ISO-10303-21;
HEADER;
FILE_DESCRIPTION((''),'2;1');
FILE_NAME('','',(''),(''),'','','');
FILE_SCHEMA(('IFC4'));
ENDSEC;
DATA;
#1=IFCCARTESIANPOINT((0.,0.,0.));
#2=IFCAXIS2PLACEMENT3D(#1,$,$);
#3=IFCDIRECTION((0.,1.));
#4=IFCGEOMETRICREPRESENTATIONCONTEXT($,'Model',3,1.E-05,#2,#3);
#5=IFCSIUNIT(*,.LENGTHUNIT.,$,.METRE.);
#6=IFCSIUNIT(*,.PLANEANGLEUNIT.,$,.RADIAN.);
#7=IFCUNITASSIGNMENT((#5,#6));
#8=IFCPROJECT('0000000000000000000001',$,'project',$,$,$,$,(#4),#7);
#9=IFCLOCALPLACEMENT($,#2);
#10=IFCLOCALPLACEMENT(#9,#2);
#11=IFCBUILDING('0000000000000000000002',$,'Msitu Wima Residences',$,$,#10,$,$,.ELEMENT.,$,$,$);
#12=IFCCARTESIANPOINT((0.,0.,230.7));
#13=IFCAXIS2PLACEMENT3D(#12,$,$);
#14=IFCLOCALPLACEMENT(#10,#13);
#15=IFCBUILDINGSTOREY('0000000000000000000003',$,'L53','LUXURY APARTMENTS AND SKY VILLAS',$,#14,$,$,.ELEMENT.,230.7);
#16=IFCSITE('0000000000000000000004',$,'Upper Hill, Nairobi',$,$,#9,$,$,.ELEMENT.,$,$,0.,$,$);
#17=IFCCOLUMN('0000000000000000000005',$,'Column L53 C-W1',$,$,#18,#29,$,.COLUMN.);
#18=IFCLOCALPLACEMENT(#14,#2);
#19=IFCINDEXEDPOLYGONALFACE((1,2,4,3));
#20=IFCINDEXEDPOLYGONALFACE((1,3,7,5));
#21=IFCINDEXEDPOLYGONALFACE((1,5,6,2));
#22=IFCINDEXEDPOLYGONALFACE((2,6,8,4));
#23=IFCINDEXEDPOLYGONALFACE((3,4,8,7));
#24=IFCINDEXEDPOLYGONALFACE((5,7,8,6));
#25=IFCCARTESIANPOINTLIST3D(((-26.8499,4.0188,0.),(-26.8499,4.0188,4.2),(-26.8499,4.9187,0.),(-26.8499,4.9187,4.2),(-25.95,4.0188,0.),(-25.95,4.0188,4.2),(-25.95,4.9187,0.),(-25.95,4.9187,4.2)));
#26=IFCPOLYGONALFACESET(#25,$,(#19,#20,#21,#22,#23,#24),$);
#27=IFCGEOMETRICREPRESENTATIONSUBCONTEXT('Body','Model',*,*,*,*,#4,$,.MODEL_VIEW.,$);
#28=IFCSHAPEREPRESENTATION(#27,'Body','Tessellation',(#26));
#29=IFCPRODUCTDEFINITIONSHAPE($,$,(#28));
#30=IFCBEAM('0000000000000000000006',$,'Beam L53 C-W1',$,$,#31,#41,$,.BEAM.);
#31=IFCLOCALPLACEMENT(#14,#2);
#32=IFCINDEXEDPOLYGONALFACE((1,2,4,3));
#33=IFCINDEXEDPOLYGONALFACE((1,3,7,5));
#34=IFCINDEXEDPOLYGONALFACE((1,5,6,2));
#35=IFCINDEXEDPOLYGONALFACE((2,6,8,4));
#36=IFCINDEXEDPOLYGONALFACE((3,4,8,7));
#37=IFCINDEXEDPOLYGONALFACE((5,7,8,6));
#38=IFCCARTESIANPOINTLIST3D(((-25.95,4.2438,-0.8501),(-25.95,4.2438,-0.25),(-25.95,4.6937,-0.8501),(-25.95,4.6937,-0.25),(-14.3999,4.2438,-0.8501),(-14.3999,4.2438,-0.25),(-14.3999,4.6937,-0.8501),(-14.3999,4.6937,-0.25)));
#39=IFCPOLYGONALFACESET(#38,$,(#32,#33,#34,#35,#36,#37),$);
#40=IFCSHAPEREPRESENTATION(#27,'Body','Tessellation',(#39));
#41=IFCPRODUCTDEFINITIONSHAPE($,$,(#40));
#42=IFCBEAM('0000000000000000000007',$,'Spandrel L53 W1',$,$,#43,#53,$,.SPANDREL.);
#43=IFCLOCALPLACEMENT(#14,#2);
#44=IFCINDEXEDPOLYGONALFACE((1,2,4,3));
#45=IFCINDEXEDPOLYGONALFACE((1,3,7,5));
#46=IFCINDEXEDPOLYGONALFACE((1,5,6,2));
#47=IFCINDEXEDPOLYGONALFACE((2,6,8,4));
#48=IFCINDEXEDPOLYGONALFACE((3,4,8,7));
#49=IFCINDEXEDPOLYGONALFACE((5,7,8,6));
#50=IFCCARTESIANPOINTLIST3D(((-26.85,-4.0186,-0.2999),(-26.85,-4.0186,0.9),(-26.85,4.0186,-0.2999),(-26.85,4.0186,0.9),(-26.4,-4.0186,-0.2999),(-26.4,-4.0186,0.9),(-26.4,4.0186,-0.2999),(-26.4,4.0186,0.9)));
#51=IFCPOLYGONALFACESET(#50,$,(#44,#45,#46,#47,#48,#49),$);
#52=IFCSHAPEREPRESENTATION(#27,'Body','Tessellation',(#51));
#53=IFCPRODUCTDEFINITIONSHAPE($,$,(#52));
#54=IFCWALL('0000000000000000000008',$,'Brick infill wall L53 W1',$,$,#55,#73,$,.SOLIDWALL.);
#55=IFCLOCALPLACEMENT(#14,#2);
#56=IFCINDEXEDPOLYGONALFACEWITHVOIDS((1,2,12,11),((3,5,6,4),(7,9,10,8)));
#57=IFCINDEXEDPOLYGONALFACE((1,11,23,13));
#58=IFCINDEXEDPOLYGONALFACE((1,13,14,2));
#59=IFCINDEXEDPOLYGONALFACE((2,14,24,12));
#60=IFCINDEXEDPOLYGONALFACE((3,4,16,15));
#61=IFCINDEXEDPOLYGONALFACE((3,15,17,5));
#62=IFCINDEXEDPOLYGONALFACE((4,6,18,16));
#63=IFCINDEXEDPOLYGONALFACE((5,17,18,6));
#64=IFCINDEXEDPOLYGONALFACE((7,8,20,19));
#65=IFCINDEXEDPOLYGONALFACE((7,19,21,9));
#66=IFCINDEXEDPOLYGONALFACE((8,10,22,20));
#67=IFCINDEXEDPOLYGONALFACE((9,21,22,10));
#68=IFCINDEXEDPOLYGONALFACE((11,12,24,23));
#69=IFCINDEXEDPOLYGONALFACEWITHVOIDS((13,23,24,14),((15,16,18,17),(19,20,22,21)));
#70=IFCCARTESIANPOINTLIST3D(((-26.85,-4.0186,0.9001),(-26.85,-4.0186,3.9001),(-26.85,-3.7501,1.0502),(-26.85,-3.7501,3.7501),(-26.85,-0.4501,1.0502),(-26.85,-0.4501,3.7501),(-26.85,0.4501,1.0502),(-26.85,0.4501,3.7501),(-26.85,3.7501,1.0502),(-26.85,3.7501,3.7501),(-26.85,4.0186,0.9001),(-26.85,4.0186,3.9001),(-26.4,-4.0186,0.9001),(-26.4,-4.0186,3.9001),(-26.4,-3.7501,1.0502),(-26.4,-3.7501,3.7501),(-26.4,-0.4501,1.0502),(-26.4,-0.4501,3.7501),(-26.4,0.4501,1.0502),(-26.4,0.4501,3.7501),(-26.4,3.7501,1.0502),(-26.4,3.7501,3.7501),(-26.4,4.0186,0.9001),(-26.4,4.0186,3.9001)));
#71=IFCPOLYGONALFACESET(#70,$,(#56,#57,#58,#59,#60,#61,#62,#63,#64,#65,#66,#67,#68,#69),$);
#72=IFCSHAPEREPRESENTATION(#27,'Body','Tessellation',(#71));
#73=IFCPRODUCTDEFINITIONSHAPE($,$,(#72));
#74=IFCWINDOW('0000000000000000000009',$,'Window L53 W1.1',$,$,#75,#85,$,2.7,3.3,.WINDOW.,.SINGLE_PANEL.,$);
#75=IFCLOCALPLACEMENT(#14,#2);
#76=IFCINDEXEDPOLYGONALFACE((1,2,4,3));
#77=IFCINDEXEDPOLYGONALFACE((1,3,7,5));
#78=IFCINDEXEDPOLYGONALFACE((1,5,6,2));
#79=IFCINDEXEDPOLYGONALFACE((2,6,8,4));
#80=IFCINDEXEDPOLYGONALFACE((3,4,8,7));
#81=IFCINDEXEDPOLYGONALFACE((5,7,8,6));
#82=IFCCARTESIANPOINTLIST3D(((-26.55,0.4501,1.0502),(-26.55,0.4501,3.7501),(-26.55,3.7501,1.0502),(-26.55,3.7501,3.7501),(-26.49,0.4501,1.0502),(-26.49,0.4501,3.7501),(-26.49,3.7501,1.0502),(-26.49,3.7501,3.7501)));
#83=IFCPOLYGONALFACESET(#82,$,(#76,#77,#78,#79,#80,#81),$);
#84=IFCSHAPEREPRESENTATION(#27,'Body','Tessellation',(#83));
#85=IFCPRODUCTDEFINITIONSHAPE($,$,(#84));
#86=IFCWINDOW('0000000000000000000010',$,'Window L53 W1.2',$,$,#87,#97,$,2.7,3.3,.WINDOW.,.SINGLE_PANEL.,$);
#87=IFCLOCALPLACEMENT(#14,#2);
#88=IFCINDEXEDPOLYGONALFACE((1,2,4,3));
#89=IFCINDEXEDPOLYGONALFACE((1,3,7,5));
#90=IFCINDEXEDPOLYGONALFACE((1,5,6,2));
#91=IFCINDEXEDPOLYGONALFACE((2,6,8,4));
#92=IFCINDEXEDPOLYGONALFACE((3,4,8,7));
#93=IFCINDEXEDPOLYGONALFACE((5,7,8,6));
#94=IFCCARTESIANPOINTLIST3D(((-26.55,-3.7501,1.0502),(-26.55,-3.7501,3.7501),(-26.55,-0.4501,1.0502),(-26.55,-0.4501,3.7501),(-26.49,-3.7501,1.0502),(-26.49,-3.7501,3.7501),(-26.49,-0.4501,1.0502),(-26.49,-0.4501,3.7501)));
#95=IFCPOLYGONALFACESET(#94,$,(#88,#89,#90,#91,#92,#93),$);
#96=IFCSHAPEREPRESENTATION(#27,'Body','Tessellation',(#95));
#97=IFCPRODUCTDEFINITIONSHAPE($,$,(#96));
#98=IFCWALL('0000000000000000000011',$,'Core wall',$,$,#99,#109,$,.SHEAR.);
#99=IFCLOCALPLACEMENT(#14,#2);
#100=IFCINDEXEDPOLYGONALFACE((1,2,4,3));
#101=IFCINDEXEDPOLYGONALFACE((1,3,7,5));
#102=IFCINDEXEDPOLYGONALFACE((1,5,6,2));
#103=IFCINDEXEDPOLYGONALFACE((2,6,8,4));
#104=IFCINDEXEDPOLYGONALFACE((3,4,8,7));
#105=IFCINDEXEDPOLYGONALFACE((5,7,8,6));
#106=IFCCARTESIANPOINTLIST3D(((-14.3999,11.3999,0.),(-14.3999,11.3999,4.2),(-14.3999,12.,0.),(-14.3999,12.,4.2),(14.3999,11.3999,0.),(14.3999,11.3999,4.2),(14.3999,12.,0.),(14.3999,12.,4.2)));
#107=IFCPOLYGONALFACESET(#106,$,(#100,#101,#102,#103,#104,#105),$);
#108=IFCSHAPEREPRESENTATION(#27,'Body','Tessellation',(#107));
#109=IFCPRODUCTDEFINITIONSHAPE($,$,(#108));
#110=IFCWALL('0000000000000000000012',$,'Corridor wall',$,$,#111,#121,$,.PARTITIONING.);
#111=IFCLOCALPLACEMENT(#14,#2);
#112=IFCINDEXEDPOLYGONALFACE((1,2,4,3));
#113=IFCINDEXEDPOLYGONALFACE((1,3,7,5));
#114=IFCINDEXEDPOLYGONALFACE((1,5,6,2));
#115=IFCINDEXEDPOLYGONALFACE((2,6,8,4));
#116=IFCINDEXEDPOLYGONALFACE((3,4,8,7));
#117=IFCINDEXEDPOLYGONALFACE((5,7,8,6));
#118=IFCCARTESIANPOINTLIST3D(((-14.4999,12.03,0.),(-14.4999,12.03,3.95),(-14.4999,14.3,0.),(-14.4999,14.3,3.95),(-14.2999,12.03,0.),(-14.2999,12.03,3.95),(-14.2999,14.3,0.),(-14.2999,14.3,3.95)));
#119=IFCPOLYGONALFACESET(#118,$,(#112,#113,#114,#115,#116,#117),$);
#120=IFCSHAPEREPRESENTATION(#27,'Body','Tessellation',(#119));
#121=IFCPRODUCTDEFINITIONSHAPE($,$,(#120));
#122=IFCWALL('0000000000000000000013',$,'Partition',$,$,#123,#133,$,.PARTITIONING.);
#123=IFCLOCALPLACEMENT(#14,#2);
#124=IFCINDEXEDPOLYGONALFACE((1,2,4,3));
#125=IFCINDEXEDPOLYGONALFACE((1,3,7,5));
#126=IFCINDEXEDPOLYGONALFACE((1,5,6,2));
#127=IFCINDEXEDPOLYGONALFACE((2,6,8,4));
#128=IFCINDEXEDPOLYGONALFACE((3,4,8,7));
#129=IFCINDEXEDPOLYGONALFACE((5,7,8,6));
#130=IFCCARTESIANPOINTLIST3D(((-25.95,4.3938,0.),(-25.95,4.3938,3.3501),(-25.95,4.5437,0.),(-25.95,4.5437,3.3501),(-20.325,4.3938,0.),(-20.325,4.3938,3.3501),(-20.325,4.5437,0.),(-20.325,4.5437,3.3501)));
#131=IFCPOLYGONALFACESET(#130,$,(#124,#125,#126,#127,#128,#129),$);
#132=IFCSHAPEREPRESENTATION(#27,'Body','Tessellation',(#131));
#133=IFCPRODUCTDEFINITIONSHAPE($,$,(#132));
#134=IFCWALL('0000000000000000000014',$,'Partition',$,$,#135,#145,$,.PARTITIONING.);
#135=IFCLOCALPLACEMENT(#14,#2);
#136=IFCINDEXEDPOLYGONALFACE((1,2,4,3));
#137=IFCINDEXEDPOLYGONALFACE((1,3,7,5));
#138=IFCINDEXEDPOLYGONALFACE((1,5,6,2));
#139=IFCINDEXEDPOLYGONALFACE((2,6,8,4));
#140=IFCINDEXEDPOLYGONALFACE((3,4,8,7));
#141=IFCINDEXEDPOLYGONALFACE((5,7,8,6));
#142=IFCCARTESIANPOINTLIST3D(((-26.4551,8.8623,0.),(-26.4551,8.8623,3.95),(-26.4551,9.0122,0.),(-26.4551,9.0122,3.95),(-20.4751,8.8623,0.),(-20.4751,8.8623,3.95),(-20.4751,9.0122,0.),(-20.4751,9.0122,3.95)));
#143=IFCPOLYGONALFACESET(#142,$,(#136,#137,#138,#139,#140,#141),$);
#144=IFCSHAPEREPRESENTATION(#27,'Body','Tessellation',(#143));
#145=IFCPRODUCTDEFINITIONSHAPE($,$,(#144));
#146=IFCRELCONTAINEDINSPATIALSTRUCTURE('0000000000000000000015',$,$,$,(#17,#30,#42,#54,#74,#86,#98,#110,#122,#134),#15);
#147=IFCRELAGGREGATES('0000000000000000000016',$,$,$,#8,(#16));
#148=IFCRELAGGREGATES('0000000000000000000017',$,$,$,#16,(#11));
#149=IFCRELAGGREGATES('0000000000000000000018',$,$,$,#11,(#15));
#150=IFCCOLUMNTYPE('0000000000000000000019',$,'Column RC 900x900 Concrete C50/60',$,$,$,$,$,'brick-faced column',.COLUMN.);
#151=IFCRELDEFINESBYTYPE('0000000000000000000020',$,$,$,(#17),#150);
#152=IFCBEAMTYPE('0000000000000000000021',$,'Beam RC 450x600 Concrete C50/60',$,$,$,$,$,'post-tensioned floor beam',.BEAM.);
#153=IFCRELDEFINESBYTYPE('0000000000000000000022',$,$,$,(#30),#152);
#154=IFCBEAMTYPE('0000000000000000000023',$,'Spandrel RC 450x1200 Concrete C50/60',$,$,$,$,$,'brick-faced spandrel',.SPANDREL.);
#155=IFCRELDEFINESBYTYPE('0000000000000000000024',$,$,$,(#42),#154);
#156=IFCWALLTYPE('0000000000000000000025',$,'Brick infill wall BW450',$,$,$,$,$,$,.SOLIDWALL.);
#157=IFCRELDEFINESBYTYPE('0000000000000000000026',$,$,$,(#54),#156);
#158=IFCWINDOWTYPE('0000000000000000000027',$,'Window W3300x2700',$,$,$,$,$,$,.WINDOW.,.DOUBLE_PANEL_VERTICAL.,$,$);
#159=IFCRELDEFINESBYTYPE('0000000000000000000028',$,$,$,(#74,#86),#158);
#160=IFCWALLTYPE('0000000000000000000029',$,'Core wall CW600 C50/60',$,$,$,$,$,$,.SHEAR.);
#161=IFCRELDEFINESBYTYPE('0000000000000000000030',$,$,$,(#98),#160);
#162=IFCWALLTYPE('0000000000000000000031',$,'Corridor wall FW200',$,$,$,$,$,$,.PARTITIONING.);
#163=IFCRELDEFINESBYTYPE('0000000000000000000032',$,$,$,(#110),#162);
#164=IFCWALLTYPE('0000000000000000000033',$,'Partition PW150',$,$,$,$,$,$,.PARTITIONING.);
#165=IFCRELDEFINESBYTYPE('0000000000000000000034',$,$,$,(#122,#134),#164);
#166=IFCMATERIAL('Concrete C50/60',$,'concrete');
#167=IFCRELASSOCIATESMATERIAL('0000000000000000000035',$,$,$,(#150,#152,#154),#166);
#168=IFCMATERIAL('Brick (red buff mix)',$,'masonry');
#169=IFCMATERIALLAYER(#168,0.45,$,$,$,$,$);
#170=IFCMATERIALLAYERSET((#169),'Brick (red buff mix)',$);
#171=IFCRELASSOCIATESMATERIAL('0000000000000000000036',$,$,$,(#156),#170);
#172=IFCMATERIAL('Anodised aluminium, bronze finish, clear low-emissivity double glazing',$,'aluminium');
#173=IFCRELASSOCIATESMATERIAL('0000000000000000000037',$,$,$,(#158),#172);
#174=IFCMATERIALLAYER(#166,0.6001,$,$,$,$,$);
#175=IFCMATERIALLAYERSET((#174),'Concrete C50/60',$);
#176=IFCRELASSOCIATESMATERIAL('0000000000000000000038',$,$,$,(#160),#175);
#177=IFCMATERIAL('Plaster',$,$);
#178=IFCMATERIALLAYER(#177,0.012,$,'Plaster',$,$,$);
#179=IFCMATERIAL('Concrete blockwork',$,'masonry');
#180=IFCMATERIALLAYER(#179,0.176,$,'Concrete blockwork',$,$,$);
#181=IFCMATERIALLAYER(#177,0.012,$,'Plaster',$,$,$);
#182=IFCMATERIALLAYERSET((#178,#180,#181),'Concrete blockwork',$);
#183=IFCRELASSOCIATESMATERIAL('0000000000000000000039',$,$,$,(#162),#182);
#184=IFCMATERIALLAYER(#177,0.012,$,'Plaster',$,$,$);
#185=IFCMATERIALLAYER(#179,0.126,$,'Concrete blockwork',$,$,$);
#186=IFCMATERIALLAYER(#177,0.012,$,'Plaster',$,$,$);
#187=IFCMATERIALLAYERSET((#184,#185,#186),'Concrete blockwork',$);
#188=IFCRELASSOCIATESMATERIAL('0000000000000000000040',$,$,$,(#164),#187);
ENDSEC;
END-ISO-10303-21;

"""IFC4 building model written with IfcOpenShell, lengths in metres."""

from ifc_helpers import new_model, si_unit, direction, frame, frame_2d, origin, origin_2d, place, context, subcontext, project, spatial, rectangle, extrude, material, layer, layer_set, material_profile, profile_set, type_object, element, fill, save


model = new_model("IFC4")

# Units and contexts
model_context = context("Model", 3, precision=1e-05, world=origin(), true_north=direction((0.0, 1.0)))
body_context = subcontext(model_context, "Body", "Model", "MODEL_VIEW")
ifc_project = project(units=[si_unit("LENGTHUNIT", "METRE"), si_unit("PLANEANGLEUNIT", "RADIAN")], contexts=[model_context])

# Site, building, storey
site_placement = place(None, origin())
site = spatial("IfcSite", under=ifc_project, at=site_placement, Name="Upper Hill, Nairobi", CompositionType="ELEMENT", RefElevation=0.0)
building_placement = place(site_placement, origin())
building = spatial("IfcBuilding", under=site, at=building_placement, Name="Msitu Wima Residences", CompositionType="ELEMENT")
storey_placement = place(building_placement, frame((0.0, 0.0, 230.7)))
storey = spatial("IfcBuildingStorey", under=building, at=storey_placement, Name="L53", Description="LUXURY APARTMENTS AND SKY VILLAS", CompositionType="ELEMENT", Elevation=230.7)

# Column
ifc_material_1 = material(Name="Concrete C50/60", Category="concrete")
ifc_material_profile_1 = material_profile(ifc_material_1, rectangle(XDim=0.8999, YDim=0.8999, at=origin_2d()), Name="RC 900x900")
ifc_profile_set_1 = profile_set([ifc_material_profile_1], Name="Concrete C50/60")
column_type = type_object("IfcColumnType", Name="Column RC 900x900 Concrete C50/60", ElementType="brick-faced column", PredefinedType="COLUMN", material=ifc_profile_set_1)
column_placement = place(storey_placement, frame((-26.3999, 4.4688, 0.0), z_axis=(0.0, 0.0, 1.0), x_axis=(0.0, -1.0, 0.0)))
element("IfcColumn", 1, at=column_placement, inside=storey, type_object=column_type, Name="Column L53 C-W1", PredefinedType="COLUMN", context=body_context, shape_type="SweptSolid", body=[
    extrude(rectangle(XDim=0.8999, YDim=0.8999, at=origin_2d()), origin(), (0.0, 0.0, 1.0), 4.2),
])

# Beams
ifc_material_profile_2 = material_profile(ifc_material_1, rectangle(XDim=0.45, YDim=0.6001, at=origin_2d()), Name="RC 450x600")
ifc_profile_set_2 = profile_set([ifc_material_profile_2], Name="Concrete C50/60")
beam_type_1 = type_object("IfcBeamType", Name="Beam RC 450x600 Concrete C50/60", ElementType="post-tensioned floor beam", PredefinedType="BEAM", material=ifc_profile_set_2)
beam_1_placement = place(storey_placement, frame((-25.95, 4.4688, -0.55), z_axis=(1.0, 0.0, 0.0), x_axis=(0.0, 1.0, 0.0)))
element("IfcBeam", 2, at=beam_1_placement, inside=storey, type_object=beam_type_1, Name="Beam L53 C-W1", PredefinedType="BEAM", context=body_context, shape_type="SweptSolid", body=[
    extrude(rectangle(XDim=0.45, YDim=0.6001, at=origin_2d()), origin(), (0.0, 0.0, 1.0), 11.55),
])
ifc_material_profile_3 = material_profile(ifc_material_1, rectangle(XDim=0.45, YDim=1.2, at=origin_2d()), Name="RC 450x1200")
ifc_profile_set_3 = profile_set([ifc_material_profile_3], Name="Concrete C50/60")
beam_type_2 = type_object("IfcBeamType", Name="Spandrel RC 450x1200 Concrete C50/60", ElementType="brick-faced spandrel", PredefinedType="SPANDREL", material=ifc_profile_set_3)
beam_2_placement = place(storey_placement, frame((-26.625, 4.0186, 0.3), z_axis=(0.0, -1.0, 0.0), x_axis=(1.0, 0.0, 0.0)))
element("IfcBeam", 3, at=beam_2_placement, inside=storey, type_object=beam_type_2, Name="Spandrel L53 W1", PredefinedType="SPANDREL", context=body_context, shape_type="SweptSolid", body=[
    extrude(rectangle(XDim=0.45, YDim=1.2, at=origin_2d()), origin(), (0.0, 0.0, 1.0), 8.0371),
])

# Wall, openings, windows
ifc_material_2 = material(Name="Brick (red buff mix)", Category="masonry")
ifc_layer_1 = layer(ifc_material_2, 0.45)
ifc_layer_set_1 = layer_set([ifc_layer_1], Name="Brick (red buff mix)")
wall_type_1 = type_object("IfcWallType", Name="Brick infill wall BW450", PredefinedType="SOLIDWALL", material=ifc_layer_set_1)
wall_1_placement = place(storey_placement, frame((-26.625, 4.0186, 0.9001), z_axis=(0.0, 0.0, 1.0), x_axis=(0.0, -1.0, 0.0)))
wall_1 = element("IfcWall", 4, at=wall_1_placement, inside=storey, type_object=wall_type_1, Name="Brick infill wall L53 W1", PredefinedType="SOLIDWALL", context=body_context, shape_type="SweptSolid", body=[
    extrude(rectangle(XDim=8.0371, YDim=0.45, at=frame_2d((4.0186, 0.0))), origin(), (0.0, 0.0, 1.0), 3.0),
])
opening_1_placement = place(wall_1_placement, frame((0.2686, 0.0, 0.1499)))
opening_1 = element("IfcOpeningElement", 5, at=opening_1_placement, cuts=wall_1, PredefinedType="OPENING", context=body_context, shape_type="SweptSolid", body=[
    extrude(rectangle(XDim=3.3, YDim=2.7, at=frame_2d((1.6499, 1.3501))), frame((0.0, 0.2349, 0.0), z_axis=(0.0, -1.0, 0.0), x_axis=(1.0, 0.0, 0.0)), (0.0, 0.0, 1.0), 0.47),
])
opening_2_placement = place(wall_1_placement, frame((4.4688, 0.0, 0.1499)))
opening_2 = element("IfcOpeningElement", 6, at=opening_2_placement, cuts=wall_1, PredefinedType="OPENING", context=body_context, shape_type="SweptSolid", body=[
    extrude(rectangle(XDim=3.3, YDim=2.7, at=frame_2d((1.6499, 1.3501))), frame((0.0, 0.2349, 0.0), z_axis=(0.0, -1.0, 0.0), x_axis=(1.0, 0.0, 0.0)), (0.0, 0.0, 1.0), 0.47),
])
ifc_material_3 = material(Name="Anodised aluminium, bronze finish, clear low-emissivity double glazing", Category="aluminium")
window_type = type_object("IfcWindowType", Name="Window W3300x2700", PartitioningType="DOUBLE_PANEL_VERTICAL", PredefinedType="WINDOW", material=ifc_material_3)
window_1_placement = place(opening_1_placement, origin())
window_1 = element("IfcWindow", 7, at=window_1_placement, inside=storey, type_object=window_type, Name="Window L53 W1.1", OverallHeight=2.7, OverallWidth=3.3, PartitioningType="SINGLE_PANEL", PredefinedType="WINDOW", context=body_context, shape_type="SweptSolid", body=[
    extrude(rectangle(XDim=3.3, YDim=2.7, at=frame_2d((1.6499, 1.3501))), frame((0.0, 0.135, 0.0), z_axis=(0.0, -1.0, 0.0), x_axis=(1.0, 0.0, 0.0)), (0.0, 0.0, 1.0), 0.0601),
])
fill(opening_1, window_1)
window_2_placement = place(opening_2_placement, origin())
window_2 = element("IfcWindow", 8, at=window_2_placement, inside=storey, type_object=window_type, Name="Window L53 W1.2", OverallHeight=2.7, OverallWidth=3.3, PartitioningType="SINGLE_PANEL", PredefinedType="WINDOW", context=body_context, shape_type="SweptSolid", body=[
    extrude(rectangle(XDim=3.3, YDim=2.7, at=frame_2d((1.6499, 1.3501))), frame((0.0, 0.135, 0.0), z_axis=(0.0, -1.0, 0.0), x_axis=(1.0, 0.0, 0.0)), (0.0, 0.0, 1.0), 0.0601),
])
fill(opening_2, window_2)

# Walls
ifc_layer_2 = layer(ifc_material_1, 0.6001)
ifc_layer_set_2 = layer_set([ifc_layer_2], Name="Concrete C50/60")
wall_type_2 = type_object("IfcWallType", Name="Core wall CW600 C50/60", PredefinedType="SHEAR", material=ifc_layer_set_2)
wall_2_placement = place(storey_placement, frame((-14.3999, 11.7, 0.0), z_axis=(0.0, 0.0, 1.0), x_axis=(1.0, 0.0, 0.0)))
element("IfcWall", 9, at=wall_2_placement, inside=storey, type_object=wall_type_2, Name="Core wall", PredefinedType="SHEAR", context=body_context, shape_type="SweptSolid", body=[
    extrude(rectangle(XDim=28.7998, YDim=0.6001, at=frame_2d((14.3999, 0.0))), origin(), (0.0, 0.0, 1.0), 4.2),
])
ifc_material_4 = material(Name="Plaster")
ifc_layer_3 = layer(ifc_material_4, 0.012, Name="Plaster")
ifc_material_5 = material(Name="Concrete blockwork", Category="masonry")
ifc_layer_4 = layer(ifc_material_5, 0.176, Name="Concrete blockwork")
ifc_layer_5 = layer(ifc_material_4, 0.012, Name="Plaster")
ifc_layer_set_3 = layer_set([ifc_layer_3, ifc_layer_4, ifc_layer_5], Name="Concrete blockwork")
wall_type_3 = type_object("IfcWallType", Name="Corridor wall FW200", PredefinedType="PARTITIONING", material=ifc_layer_set_3)
wall_3_placement = place(storey_placement, frame((-14.3999, 12.03, 0.0), z_axis=(0.0, 0.0, 1.0), x_axis=(0.0, 1.0, 0.0)))
element("IfcWall", 10, at=wall_3_placement, inside=storey, type_object=wall_type_3, Name="Corridor wall", PredefinedType="PARTITIONING", context=body_context, shape_type="SweptSolid", body=[
    extrude(rectangle(XDim=2.27, YDim=0.2, at=frame_2d((1.135, 0.0))), origin(), (0.0, 0.0, 1.0), 3.95),
])
ifc_layer_6 = layer(ifc_material_4, 0.012, Name="Plaster")
ifc_layer_7 = layer(ifc_material_5, 0.126, Name="Concrete blockwork")
ifc_layer_8 = layer(ifc_material_4, 0.012, Name="Plaster")
ifc_layer_set_4 = layer_set([ifc_layer_6, ifc_layer_7, ifc_layer_8], Name="Concrete blockwork")
wall_type_4 = type_object("IfcWallType", Name="Partition PW150", PredefinedType="PARTITIONING", material=ifc_layer_set_4)
wall_4_placement = place(storey_placement, frame((-25.95, 4.4688, 0.0), z_axis=(0.0, 0.0, 1.0), x_axis=(1.0, 0.0, 0.0)))
element("IfcWall", 11, at=wall_4_placement, inside=storey, type_object=wall_type_4, Name="Partition", PredefinedType="PARTITIONING", context=body_context, shape_type="SweptSolid", body=[
    extrude(rectangle(XDim=5.625, YDim=0.1499, at=frame_2d((2.8125, 0.0))), origin(), (0.0, 0.0, 1.0), 3.3501),
])
wall_5_placement = place(storey_placement, frame((-26.4551, 8.9373, 0.0), z_axis=(0.0, 0.0, 1.0), x_axis=(1.0, 0.0, 0.0)))
element("IfcWall", 12, at=wall_5_placement, inside=storey, type_object=wall_type_4, Name="Partition", PredefinedType="PARTITIONING", context=body_context, shape_type="SweptSolid", body=[
    extrude(rectangle(XDim=5.98, YDim=0.1499, at=frame_2d((2.99, 0.0))), origin(), (0.0, 0.0, 1.0), 3.95),
])

save(model, "model.ifc")
